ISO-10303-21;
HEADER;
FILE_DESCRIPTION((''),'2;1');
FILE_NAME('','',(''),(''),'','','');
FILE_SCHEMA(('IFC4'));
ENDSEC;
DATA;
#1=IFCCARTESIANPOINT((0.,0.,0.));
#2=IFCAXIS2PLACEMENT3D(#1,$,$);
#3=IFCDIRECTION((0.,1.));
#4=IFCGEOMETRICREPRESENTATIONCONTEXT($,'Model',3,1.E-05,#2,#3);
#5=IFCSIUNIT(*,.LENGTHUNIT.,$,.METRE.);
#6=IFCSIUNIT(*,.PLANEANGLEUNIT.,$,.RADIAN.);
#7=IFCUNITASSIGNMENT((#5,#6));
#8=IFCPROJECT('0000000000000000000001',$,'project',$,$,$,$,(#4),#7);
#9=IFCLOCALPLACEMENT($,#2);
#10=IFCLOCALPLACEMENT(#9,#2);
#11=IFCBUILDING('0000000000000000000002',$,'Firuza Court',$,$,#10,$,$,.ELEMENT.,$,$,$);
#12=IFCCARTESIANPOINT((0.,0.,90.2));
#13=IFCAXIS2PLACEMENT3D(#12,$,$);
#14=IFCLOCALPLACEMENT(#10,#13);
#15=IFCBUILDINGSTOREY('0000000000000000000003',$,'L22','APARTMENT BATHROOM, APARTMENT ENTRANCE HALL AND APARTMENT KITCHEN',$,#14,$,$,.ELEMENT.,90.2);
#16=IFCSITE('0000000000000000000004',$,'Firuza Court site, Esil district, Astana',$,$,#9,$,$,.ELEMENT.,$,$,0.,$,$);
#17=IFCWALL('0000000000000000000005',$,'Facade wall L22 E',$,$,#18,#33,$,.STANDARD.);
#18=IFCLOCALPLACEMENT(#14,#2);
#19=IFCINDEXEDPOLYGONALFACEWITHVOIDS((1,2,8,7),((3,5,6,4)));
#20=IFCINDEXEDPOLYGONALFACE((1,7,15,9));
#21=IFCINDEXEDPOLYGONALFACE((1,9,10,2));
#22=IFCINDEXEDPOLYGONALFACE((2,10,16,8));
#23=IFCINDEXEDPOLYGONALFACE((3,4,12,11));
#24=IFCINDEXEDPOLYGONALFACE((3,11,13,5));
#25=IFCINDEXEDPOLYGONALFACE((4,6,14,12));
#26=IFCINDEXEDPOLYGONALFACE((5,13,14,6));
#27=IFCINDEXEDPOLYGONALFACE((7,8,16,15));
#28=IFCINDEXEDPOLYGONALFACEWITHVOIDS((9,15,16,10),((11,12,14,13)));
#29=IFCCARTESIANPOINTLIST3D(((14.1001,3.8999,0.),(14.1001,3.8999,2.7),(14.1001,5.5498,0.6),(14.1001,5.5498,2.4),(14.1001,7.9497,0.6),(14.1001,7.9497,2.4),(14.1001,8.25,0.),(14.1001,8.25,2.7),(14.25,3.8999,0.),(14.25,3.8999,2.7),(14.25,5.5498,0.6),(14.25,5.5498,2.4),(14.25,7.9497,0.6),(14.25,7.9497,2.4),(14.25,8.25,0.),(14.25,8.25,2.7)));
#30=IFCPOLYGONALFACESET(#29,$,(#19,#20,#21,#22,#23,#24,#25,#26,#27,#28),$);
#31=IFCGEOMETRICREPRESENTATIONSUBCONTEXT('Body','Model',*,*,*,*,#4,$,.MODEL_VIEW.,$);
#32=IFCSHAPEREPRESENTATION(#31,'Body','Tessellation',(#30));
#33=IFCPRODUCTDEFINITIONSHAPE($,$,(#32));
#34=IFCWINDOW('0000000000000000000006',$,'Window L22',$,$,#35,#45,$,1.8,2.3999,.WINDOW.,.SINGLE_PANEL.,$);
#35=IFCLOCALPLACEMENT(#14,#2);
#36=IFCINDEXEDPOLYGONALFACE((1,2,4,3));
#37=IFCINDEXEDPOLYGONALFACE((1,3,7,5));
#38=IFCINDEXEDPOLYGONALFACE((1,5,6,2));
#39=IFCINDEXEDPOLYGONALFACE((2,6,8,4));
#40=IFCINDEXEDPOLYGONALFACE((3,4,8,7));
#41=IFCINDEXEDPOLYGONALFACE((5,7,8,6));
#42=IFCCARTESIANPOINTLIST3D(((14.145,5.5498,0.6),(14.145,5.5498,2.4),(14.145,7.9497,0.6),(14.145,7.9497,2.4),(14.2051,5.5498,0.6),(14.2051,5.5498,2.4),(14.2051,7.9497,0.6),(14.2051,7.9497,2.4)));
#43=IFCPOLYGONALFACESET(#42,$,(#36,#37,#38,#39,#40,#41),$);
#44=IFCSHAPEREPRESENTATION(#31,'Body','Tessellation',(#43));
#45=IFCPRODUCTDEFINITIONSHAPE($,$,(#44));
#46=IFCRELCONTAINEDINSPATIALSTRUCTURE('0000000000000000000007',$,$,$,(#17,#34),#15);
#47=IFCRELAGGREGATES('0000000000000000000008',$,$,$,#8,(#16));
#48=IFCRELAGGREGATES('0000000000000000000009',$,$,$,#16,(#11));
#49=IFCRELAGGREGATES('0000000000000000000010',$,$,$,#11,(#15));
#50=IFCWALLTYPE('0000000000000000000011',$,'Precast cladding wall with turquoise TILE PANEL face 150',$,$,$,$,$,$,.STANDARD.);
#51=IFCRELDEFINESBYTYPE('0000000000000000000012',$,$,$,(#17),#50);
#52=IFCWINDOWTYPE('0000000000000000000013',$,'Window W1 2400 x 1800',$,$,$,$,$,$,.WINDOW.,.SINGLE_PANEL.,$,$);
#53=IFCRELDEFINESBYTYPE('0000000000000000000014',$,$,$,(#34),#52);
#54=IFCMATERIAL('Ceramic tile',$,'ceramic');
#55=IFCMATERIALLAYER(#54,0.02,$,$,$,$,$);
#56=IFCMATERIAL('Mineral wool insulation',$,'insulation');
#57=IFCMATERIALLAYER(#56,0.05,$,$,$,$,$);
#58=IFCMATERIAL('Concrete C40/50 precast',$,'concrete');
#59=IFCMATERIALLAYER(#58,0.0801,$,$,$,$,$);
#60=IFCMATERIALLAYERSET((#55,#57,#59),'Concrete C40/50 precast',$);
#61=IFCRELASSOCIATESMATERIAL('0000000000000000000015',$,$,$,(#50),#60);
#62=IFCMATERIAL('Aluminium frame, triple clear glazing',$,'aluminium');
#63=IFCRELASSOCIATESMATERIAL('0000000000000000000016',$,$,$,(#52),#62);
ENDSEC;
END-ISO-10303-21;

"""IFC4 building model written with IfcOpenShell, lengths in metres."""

from ifc_helpers import new_model, si_unit, direction, frame, frame_2d, origin, place, context, subcontext, project, spatial, rectangle, extrude, material, layer, layer_set, type_object, element, fill, save


model = new_model("IFC4")

# Units and contexts
model_context = context("Model", 3, precision=1e-05, world=origin(), true_north=direction((0.0, 1.0)))
body_context = subcontext(model_context, "Body", "Model", "MODEL_VIEW")
ifc_project = project(units=[si_unit("LENGTHUNIT", "METRE"), si_unit("PLANEANGLEUNIT", "RADIAN")], contexts=[model_context])

# Site, building, storey
site_placement = place(None, origin())
site = spatial("IfcSite", under=ifc_project, at=site_placement, Name="Firuza Court site, Esil district, Astana", CompositionType="ELEMENT", RefElevation=0.0)
building_placement = place(site_placement, origin())
building = spatial("IfcBuilding", under=site, at=building_placement, Name="Firuza Court", CompositionType="ELEMENT")
storey_placement = place(building_placement, frame((0.0, 0.0, 90.2)))
storey = spatial("IfcBuildingStorey", under=building, at=storey_placement, Name="L22", Description="APARTMENT BATHROOM, APARTMENT ENTRANCE HALL AND APARTMENT KITCHEN", CompositionType="ELEMENT", Elevation=90.2)

# Shared definitions
ifc_material_1 = material(Name="Ceramic tile", Category="ceramic")
ifc_layer_1 = layer(ifc_material_1, 0.02)
ifc_material_2 = material(Name="Mineral wool insulation", Category="insulation")
ifc_layer_2 = layer(ifc_material_2, 0.05)
ifc_material_3 = material(Name="Concrete C40/50 precast", Category="concrete")
ifc_layer_3 = layer(ifc_material_3, 0.0801)
ifc_layer_set_1 = layer_set([ifc_layer_1, ifc_layer_2, ifc_layer_3], Name="Concrete C40/50 precast")
wall_type_1 = type_object("IfcWallType", Name="Precast cladding wall with turquoise TILE PANEL face 150", PredefinedType="STANDARD", material=ifc_layer_set_1)

# Wall, opening, window
wall_1_placement = place(storey_placement, frame((14.175, 3.8999, 0.0), z_axis=(0.0, 0.0, 1.0), x_axis=(0.0, 1.0, 0.0)))
wall_1 = element("IfcWall", 1, at=wall_1_placement, inside=storey, type_object=wall_type_1, Name="Facade wall L22 E", PredefinedType="STANDARD", context=body_context, shape_type="SweptSolid", body=[
    extrude(rectangle(XDim=4.3501, YDim=0.1499, at=frame_2d((2.175, 0.0))), origin(), (0.0, 0.0, 1.0), 2.7),
])
opening_placement = place(wall_1_placement, frame((1.6499, 0.0, 0.6001)))
opening = element("IfcOpeningElement", 2, at=opening_placement, cuts=wall_1, PredefinedType="OPENING", context=body_context, shape_type="SweptSolid", body=[
    extrude(rectangle(XDim=2.3999, YDim=1.8, at=frame_2d((1.2, 0.8999))), frame((0.0, 0.0869, 0.0), z_axis=(0.0, -1.0, 0.0), x_axis=(1.0, 0.0, 0.0)), (0.0, 0.0, 1.0), 0.1738),
])
ifc_material_4 = material(Name="Aluminium frame, triple clear glazing", Category="aluminium")
window_type = type_object("IfcWindowType", Name="Window W1 2400 x 1800", PartitioningType="SINGLE_PANEL", PredefinedType="WINDOW", material=ifc_material_4)
window_placement = place(opening_placement, origin())
window = element("IfcWindow", 3, at=window_placement, inside=storey, type_object=window_type, Name="Window L22", OverallHeight=1.8, OverallWidth=2.3999, PartitioningType="SINGLE_PANEL", PredefinedType="WINDOW", context=body_context, shape_type="SweptSolid", body=[
    extrude(rectangle(XDim=2.3999, YDim=1.8, at=frame_2d((1.2, 0.8999))), frame((0.0, 0.03, 0.0), z_axis=(0.0, -1.0, 0.0), x_axis=(1.0, 0.0, 0.0)), (0.0, 0.0, 1.0), 0.0601),
])
fill(opening, window)

save(model, "model.ifc")
